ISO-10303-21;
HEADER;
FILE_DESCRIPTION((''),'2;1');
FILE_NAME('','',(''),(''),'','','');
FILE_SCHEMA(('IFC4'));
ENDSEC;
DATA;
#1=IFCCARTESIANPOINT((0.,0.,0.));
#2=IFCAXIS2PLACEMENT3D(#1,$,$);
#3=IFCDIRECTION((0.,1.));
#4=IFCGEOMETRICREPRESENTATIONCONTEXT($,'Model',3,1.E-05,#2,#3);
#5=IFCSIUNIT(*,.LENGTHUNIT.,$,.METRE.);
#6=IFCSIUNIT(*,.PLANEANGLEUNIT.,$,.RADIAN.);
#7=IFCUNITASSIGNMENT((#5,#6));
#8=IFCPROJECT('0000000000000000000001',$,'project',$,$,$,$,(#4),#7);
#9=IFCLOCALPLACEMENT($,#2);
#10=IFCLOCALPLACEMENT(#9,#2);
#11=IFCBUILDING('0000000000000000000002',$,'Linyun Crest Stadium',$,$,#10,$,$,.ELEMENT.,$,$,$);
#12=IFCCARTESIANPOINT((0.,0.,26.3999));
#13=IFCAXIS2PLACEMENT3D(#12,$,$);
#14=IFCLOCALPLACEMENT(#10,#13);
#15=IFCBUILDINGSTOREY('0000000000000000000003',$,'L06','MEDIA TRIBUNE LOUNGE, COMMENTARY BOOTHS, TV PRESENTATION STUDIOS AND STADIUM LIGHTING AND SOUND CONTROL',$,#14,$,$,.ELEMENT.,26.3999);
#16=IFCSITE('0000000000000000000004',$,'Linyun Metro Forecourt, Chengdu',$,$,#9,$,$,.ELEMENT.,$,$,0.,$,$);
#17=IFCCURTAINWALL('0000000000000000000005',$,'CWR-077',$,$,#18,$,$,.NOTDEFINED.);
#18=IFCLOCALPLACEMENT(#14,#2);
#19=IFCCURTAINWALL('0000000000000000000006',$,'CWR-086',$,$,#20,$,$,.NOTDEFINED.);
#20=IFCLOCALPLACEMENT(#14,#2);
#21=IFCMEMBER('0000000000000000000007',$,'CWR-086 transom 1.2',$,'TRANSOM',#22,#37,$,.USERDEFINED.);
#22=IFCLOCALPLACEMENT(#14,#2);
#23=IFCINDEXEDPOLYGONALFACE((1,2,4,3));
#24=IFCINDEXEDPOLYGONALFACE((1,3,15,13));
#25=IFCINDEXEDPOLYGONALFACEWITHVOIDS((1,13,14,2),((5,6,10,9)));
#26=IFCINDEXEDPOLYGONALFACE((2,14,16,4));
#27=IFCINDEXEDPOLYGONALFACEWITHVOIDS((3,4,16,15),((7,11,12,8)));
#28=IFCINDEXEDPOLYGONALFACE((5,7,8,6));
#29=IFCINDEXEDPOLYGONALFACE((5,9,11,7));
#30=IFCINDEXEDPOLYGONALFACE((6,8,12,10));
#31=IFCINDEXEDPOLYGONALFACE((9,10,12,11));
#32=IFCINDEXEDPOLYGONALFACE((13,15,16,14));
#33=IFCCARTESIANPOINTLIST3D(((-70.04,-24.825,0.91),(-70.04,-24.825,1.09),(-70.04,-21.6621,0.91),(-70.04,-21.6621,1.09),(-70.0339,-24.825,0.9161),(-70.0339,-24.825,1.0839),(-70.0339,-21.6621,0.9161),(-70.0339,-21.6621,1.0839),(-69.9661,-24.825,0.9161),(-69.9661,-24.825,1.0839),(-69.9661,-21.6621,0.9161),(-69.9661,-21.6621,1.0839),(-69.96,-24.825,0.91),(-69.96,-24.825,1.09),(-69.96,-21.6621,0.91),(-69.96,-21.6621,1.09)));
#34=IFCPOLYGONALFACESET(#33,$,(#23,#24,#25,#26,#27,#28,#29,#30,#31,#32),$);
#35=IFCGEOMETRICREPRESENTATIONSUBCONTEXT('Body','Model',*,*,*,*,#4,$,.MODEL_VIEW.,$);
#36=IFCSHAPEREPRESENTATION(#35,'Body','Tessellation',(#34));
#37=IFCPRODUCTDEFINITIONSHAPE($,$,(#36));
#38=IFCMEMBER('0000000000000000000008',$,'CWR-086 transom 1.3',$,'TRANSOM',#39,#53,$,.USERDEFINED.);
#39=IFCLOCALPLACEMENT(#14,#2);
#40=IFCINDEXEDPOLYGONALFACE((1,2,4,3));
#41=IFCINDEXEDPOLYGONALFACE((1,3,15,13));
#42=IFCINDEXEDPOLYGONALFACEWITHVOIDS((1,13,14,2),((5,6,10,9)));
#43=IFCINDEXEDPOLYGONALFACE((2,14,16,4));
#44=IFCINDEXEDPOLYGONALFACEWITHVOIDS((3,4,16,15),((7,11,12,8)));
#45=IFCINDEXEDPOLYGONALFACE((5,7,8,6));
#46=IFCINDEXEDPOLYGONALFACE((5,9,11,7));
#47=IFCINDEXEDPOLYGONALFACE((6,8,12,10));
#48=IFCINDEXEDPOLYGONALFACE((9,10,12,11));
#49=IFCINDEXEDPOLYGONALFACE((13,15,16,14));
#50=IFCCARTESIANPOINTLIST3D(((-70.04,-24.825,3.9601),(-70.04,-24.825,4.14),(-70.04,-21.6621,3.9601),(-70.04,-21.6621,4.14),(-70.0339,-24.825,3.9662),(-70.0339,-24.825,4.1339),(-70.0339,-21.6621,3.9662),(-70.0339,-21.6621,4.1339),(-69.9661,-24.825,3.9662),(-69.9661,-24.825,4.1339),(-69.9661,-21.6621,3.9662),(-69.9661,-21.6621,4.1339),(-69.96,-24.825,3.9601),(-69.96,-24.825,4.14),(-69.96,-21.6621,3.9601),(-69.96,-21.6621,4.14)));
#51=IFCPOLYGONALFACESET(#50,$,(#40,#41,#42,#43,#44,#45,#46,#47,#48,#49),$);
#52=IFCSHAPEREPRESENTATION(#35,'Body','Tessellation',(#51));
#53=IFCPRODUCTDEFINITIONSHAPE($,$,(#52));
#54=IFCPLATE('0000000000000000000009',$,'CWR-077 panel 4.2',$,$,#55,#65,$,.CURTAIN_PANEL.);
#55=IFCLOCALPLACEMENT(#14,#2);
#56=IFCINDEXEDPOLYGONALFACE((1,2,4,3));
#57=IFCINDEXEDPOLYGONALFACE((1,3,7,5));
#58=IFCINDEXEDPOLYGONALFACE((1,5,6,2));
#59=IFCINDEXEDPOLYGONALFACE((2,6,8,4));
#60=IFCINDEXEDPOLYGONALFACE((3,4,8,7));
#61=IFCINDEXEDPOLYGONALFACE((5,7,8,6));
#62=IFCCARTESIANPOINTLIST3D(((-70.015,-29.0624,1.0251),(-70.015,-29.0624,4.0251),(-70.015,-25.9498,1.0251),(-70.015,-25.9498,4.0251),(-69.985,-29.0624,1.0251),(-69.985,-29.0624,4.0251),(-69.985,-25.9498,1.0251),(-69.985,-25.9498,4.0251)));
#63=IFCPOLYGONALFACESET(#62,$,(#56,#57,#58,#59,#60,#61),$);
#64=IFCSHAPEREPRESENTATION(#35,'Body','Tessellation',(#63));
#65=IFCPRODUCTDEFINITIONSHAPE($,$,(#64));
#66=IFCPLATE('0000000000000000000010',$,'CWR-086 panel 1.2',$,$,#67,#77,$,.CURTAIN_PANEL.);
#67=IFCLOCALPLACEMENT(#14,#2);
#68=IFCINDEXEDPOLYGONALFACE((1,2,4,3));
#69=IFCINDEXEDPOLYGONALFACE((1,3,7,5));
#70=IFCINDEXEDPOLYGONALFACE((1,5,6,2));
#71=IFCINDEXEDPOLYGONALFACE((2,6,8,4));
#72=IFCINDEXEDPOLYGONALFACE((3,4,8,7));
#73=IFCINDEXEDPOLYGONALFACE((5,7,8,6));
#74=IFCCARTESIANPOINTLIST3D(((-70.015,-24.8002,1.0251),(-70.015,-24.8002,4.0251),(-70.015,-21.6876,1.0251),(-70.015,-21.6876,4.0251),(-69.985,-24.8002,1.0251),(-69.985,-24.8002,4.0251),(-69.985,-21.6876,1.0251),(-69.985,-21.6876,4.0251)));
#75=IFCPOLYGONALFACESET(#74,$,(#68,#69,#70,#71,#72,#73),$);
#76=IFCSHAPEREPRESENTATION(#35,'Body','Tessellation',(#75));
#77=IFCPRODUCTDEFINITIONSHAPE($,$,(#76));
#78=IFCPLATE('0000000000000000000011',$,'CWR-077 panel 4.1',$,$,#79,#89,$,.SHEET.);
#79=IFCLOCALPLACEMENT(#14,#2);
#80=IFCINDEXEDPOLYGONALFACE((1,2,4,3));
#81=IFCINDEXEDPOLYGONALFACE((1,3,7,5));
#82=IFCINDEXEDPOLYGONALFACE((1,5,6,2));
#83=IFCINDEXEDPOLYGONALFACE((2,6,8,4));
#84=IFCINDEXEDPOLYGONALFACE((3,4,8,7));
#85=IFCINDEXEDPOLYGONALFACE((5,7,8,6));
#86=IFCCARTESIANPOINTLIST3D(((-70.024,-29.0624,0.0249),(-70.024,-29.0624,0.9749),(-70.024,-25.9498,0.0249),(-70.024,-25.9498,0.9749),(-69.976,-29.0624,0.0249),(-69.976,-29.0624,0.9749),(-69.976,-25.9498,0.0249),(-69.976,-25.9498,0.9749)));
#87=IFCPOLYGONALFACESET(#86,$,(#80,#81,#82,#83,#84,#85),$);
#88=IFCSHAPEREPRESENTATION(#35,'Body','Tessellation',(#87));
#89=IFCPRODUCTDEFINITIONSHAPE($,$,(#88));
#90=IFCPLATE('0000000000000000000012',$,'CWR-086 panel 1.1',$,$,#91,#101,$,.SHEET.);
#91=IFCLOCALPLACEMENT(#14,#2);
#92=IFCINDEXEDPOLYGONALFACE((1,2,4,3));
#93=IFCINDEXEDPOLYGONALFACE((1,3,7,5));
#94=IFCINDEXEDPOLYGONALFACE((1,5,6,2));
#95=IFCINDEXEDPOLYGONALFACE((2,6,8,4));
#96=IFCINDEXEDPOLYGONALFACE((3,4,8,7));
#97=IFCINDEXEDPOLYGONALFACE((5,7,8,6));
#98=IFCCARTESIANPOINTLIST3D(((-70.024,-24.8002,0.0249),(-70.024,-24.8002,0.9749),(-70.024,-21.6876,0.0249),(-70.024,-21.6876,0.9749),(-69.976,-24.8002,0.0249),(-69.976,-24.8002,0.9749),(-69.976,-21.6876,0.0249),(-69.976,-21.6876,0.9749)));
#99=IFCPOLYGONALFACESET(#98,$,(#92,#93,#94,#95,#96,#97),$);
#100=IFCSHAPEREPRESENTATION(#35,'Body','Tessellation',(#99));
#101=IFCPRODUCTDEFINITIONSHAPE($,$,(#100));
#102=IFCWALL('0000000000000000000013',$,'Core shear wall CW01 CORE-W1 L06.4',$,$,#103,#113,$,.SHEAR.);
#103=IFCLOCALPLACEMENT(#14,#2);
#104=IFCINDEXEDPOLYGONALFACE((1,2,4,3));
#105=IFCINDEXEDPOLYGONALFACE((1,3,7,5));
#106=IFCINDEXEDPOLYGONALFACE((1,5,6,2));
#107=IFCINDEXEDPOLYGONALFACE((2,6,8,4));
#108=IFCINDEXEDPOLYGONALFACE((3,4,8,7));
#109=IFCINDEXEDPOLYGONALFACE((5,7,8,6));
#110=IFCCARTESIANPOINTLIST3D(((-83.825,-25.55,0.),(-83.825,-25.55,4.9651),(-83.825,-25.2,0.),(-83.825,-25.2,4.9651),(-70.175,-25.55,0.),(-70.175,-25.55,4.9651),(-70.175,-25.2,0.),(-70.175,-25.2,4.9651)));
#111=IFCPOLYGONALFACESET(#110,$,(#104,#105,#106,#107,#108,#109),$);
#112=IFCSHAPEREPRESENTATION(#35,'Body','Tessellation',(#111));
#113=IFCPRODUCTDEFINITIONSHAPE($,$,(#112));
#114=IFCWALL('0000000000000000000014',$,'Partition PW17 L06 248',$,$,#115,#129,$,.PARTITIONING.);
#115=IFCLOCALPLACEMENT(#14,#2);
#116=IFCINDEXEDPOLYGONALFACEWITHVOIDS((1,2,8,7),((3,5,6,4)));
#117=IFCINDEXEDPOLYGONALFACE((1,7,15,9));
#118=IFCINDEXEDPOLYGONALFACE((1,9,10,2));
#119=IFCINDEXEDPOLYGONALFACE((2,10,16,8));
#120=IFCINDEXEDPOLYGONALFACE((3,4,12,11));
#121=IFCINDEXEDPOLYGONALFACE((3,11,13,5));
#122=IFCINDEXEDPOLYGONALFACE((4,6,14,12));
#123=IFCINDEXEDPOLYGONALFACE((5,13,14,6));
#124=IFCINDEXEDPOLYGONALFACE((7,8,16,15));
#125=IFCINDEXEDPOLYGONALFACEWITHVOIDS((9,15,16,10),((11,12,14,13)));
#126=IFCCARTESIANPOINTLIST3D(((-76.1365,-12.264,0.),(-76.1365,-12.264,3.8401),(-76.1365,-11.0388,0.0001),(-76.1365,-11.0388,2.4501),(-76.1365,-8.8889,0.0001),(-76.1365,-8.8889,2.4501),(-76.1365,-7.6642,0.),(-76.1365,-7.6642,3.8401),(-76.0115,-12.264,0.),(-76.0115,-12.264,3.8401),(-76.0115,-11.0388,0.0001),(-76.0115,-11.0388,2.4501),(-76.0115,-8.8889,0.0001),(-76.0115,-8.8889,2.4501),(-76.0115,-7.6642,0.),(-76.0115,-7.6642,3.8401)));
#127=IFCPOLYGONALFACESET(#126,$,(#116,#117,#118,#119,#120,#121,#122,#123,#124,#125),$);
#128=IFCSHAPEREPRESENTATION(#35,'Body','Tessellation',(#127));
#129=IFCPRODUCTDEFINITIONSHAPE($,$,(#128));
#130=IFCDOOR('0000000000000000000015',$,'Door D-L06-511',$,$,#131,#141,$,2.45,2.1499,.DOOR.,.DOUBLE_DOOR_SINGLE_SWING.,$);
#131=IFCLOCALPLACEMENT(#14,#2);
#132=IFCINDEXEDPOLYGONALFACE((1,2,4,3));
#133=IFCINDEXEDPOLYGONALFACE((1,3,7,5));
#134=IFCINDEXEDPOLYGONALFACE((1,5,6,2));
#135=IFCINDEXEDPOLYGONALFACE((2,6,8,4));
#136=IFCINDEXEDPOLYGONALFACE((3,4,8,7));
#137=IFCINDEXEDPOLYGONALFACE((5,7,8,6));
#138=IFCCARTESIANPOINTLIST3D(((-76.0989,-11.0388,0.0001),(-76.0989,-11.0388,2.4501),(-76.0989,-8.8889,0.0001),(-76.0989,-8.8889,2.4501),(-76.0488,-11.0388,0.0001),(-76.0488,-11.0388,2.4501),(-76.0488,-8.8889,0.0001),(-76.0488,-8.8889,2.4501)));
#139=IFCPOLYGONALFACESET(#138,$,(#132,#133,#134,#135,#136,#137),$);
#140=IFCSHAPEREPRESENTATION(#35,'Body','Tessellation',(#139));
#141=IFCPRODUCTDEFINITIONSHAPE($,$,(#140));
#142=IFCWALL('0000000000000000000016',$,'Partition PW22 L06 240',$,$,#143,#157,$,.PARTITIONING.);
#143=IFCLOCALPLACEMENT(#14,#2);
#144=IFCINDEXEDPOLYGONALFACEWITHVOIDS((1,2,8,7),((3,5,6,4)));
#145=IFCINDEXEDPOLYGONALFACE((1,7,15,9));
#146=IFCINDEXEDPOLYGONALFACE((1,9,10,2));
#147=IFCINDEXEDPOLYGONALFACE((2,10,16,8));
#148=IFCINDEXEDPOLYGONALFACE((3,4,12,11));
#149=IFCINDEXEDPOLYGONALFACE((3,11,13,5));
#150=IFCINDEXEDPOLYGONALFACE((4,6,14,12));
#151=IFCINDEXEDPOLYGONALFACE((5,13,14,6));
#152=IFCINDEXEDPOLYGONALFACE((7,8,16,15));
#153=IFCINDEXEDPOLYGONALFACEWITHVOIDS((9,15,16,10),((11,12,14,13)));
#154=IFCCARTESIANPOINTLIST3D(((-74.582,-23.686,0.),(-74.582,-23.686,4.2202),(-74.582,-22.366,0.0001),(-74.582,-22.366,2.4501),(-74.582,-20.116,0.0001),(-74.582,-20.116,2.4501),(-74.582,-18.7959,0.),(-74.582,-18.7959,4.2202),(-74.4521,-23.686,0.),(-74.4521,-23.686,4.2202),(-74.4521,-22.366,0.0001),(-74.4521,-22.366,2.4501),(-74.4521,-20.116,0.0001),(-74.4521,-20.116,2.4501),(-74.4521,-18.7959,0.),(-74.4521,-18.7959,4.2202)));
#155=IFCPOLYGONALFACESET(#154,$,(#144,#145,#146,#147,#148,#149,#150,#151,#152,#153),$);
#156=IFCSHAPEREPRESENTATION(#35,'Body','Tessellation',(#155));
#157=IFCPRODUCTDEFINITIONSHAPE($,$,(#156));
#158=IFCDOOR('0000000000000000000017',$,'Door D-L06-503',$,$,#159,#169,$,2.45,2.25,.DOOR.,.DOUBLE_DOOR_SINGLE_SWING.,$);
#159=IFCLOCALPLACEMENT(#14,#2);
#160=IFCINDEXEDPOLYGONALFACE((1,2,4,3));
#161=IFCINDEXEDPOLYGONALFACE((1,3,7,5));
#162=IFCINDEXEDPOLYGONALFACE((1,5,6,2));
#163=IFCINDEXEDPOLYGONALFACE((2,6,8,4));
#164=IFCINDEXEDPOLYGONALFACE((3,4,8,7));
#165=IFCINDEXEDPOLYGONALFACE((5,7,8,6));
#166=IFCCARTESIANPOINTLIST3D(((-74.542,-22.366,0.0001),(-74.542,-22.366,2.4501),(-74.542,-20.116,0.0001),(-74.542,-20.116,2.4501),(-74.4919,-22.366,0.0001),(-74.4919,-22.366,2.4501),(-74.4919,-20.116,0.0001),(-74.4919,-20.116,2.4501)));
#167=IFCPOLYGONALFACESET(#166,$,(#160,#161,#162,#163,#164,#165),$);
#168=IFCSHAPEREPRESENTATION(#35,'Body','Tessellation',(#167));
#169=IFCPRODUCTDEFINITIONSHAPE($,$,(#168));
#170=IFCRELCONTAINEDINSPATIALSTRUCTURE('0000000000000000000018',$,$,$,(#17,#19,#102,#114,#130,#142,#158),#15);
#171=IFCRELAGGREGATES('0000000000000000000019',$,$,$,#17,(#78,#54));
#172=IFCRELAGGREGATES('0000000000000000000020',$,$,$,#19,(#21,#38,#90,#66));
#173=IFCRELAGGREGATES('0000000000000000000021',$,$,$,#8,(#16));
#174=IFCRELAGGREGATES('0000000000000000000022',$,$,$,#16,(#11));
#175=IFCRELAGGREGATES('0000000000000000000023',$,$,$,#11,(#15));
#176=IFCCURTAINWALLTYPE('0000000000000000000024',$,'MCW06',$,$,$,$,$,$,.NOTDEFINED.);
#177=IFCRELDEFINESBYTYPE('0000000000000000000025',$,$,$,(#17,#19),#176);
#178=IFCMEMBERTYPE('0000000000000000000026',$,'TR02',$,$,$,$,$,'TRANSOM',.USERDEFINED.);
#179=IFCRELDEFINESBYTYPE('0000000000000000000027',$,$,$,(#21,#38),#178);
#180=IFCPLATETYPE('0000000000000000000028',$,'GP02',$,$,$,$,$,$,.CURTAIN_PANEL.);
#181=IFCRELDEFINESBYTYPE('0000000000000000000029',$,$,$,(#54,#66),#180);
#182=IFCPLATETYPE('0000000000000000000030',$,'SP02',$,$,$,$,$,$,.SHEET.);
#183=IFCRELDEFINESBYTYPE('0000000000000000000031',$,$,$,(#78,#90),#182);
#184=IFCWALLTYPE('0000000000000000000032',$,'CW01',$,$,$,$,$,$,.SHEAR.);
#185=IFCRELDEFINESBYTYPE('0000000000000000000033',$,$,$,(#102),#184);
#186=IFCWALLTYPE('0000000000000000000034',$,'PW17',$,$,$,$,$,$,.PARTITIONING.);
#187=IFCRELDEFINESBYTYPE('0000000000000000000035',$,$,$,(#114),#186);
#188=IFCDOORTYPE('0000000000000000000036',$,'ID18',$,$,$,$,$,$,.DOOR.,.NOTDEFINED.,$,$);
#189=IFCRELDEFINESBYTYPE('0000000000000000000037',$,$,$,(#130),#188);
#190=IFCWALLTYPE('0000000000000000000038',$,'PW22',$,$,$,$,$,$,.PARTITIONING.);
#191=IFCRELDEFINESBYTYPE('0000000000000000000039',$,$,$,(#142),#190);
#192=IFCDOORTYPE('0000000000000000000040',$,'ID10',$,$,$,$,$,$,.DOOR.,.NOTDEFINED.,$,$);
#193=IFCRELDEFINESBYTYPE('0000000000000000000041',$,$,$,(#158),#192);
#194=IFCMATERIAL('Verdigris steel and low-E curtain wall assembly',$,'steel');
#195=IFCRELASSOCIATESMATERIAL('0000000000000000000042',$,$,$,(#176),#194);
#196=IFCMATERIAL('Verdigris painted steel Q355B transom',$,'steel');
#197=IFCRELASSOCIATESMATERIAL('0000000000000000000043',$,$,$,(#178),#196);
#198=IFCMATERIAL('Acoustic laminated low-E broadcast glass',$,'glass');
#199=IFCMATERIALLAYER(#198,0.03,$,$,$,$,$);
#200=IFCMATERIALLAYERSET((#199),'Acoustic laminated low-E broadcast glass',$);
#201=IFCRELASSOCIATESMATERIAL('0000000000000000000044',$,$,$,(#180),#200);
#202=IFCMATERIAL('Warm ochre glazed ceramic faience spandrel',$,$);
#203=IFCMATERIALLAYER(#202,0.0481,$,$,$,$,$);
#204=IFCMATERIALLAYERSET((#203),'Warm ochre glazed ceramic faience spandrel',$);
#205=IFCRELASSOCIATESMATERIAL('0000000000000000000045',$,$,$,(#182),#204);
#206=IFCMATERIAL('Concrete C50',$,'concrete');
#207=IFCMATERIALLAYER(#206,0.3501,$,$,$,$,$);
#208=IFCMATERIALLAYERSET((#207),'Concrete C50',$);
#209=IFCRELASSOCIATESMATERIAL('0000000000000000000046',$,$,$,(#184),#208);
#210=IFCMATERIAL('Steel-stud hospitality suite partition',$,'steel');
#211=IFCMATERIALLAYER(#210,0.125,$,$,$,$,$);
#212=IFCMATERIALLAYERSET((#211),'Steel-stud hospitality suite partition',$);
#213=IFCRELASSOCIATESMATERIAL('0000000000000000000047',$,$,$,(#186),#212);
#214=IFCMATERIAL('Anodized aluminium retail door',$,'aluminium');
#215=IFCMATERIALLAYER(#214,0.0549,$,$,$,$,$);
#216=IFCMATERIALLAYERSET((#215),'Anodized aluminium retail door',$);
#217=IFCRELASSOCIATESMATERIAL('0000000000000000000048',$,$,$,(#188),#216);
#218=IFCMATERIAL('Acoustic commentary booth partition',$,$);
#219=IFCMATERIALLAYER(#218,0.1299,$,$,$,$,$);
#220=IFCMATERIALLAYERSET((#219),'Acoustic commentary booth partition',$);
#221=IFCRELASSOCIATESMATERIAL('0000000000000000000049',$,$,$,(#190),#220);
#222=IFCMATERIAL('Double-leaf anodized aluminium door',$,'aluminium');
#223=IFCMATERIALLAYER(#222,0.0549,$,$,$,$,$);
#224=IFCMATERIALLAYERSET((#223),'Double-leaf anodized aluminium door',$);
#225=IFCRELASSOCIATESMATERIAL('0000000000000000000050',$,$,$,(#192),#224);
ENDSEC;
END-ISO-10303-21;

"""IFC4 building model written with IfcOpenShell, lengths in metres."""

from ifc_helpers import new_model, si_unit, direction, frame, frame_2d, origin, origin_2d, place, context, subcontext, project, spatial, rectangle, hollow_rectangle, extrude, material, layer, layer_set, material_profile, profile_set, type_object, element, fill, aggregate, save


model = new_model("IFC4")

# Units and contexts
model_context = context("Model", 3, precision=1e-05, world=origin(), true_north=direction((0.0, 1.0)))
body_context = subcontext(model_context, "Body", "Model", "MODEL_VIEW")
ifc_project = project(units=[si_unit("LENGTHUNIT", "METRE"), si_unit("PLANEANGLEUNIT", "RADIAN")], contexts=[model_context])

# Site, building, storey
site_placement = place(None, origin())
site = spatial("IfcSite", under=ifc_project, at=site_placement, Name="Linyun Metro Forecourt, Chengdu", CompositionType="ELEMENT", RefElevation=0.0)
building_placement = place(site_placement, origin())
building = spatial("IfcBuilding", under=site, at=building_placement, Name="Linyun Crest Stadium", CompositionType="ELEMENT")
storey_placement = place(building_placement, frame((0.0, 0.0, 26.3999)))
storey = spatial("IfcBuildingStorey", under=building, at=storey_placement, Name="L06", Description="MEDIA TRIBUNE LOUNGE, COMMENTARY BOOTHS, TV PRESENTATION STUDIOS AND STADIUM LIGHTING AND SOUND CONTROL", CompositionType="ELEMENT", Elevation=26.3999)

# Curtain wall
ifc_material_1 = material(Name="Verdigris steel and low-E curtain wall assembly", Category="steel")
curtain_wall_type = type_object("IfcCurtainWallType", Name="MCW06", PredefinedType="NOTDEFINED", material=ifc_material_1)
curtain_wall_1_placement = place(storey_placement, origin())
curtain_wall_1 = element("IfcCurtainWall", 1, at=curtain_wall_1_placement, inside=storey, type_object=curtain_wall_type, Name="CWR-077", PredefinedType="NOTDEFINED")

# Curtain wall
curtain_wall_2_placement = place(storey_placement, origin())
curtain_wall_2 = element("IfcCurtainWall", 2, at=curtain_wall_2_placement, inside=storey, type_object=curtain_wall_type, Name="CWR-086", PredefinedType="NOTDEFINED")

# Members
ifc_material_2 = material(Name="Verdigris painted steel Q355B transom", Category="steel")
ifc_material_profile_1 = material_profile(ifc_material_2, hollow_rectangle(XDim=0.0801, YDim=0.1799, WallThickness=0.0061, at=origin_2d()), Name="RHS 180x80x6")
ifc_profile_set_1 = profile_set([ifc_material_profile_1], Name="Verdigris painted steel Q355B transom")
member_type_1 = type_object("IfcMemberType", Name="TR02", ElementType="TRANSOM", PredefinedType="USERDEFINED", material=ifc_profile_set_1)
member_1_placement = place(storey_placement, frame((-70.0, -24.825, 1.0), z_axis=(0.0, 1.0, 0.0), x_axis=(-1.0, 0.0, 0.0)))
member_1 = element("IfcMember", 3, at=member_1_placement, type_object=member_type_1, Name="CWR-086 transom 1.2", ObjectType="TRANSOM", PredefinedType="USERDEFINED", context=body_context, shape_type="SweptSolid", body=[
    extrude(hollow_rectangle(XDim=0.0801, YDim=0.1799, WallThickness=0.0061, at=origin_2d()), origin(), (0.0, 0.0, 1.0), 3.1628),
])
member_2_placement = place(storey_placement, frame((-70.0, -24.825, 4.05), z_axis=(0.0, 1.0, 0.0), x_axis=(-1.0, 0.0, 0.0)))
member_2 = element("IfcMember", 4, at=member_2_placement, type_object=member_type_1, Name="CWR-086 transom 1.3", ObjectType="TRANSOM", PredefinedType="USERDEFINED", context=body_context, shape_type="SweptSolid", body=[
    extrude(hollow_rectangle(XDim=0.0801, YDim=0.1799, WallThickness=0.0061, at=origin_2d()), origin(), (0.0, 0.0, 1.0), 3.1628),
])

# Plates
ifc_material_3 = material(Name="Acoustic laminated low-E broadcast glass", Category="glass")
ifc_layer_1 = layer(ifc_material_3, 0.03)
ifc_layer_set_1 = layer_set([ifc_layer_1], Name="Acoustic laminated low-E broadcast glass")
plate_type_1 = type_object("IfcPlateType", Name="GP02", PredefinedType="CURTAIN_PANEL", material=ifc_layer_set_1)
plate_1_placement = place(storey_placement, frame((-70.0, -27.5061, 1.0251), z_axis=(0.0, 0.0, 1.0), x_axis=(0.0, 1.0, 0.0)))
plate_1 = element("IfcPlate", 5, at=plate_1_placement, type_object=plate_type_1, Name="CWR-077 panel 4.2", PredefinedType="CURTAIN_PANEL", context=body_context, shape_type="SweptSolid", body=[
    extrude(rectangle(XDim=3.1125, YDim=0.03, at=origin_2d()), origin(), (0.0, 0.0, 1.0), 3.0),
])
plate_2_placement = place(storey_placement, frame((-70.0, -23.2439, 1.0251), z_axis=(0.0, 0.0, 1.0), x_axis=(0.0, 1.0, 0.0)))
plate_2 = element("IfcPlate", 6, at=plate_2_placement, type_object=plate_type_1, Name="CWR-086 panel 1.2", PredefinedType="CURTAIN_PANEL", context=body_context, shape_type="SweptSolid", body=[
    extrude(rectangle(XDim=3.1125, YDim=0.03, at=origin_2d()), origin(), (0.0, 0.0, 1.0), 3.0),
])
ifc_material_4 = material(Name="Warm ochre glazed ceramic faience spandrel")
ifc_layer_2 = layer(ifc_material_4, 0.0481)
ifc_layer_set_2 = layer_set([ifc_layer_2], Name="Warm ochre glazed ceramic faience spandrel")
plate_type_2 = type_object("IfcPlateType", Name="SP02", PredefinedType="SHEET", material=ifc_layer_set_2)
plate_3_placement = place(storey_placement, frame((-70.0, -27.5061, 0.0249), z_axis=(0.0, 0.0, 1.0), x_axis=(0.0, 1.0, 0.0)))
plate_3 = element("IfcPlate", 7, at=plate_3_placement, type_object=plate_type_2, Name="CWR-077 panel 4.1", PredefinedType="SHEET", context=body_context, shape_type="SweptSolid", body=[
    extrude(rectangle(XDim=3.1125, YDim=0.0481, at=origin_2d()), origin(), (0.0, 0.0, 1.0), 0.95),
])
aggregate(curtain_wall_1, [plate_3, plate_1])
plate_4_placement = place(storey_placement, frame((-70.0, -23.2439, 0.0249), z_axis=(0.0, 0.0, 1.0), x_axis=(0.0, 1.0, 0.0)))
plate_4 = element("IfcPlate", 8, at=plate_4_placement, type_object=plate_type_2, Name="CWR-086 panel 1.1", PredefinedType="SHEET", context=body_context, shape_type="SweptSolid", body=[
    extrude(rectangle(XDim=3.1125, YDim=0.0481, at=origin_2d()), origin(), (0.0, 0.0, 1.0), 0.95),
])
aggregate(curtain_wall_2, [member_1, member_2, plate_4, plate_2])

# Wall
ifc_material_5 = material(Name="Concrete C50", Category="concrete")
ifc_layer_3 = layer(ifc_material_5, 0.3501)
ifc_layer_set_3 = layer_set([ifc_layer_3], Name="Concrete C50")
wall_type_1 = type_object("IfcWallType", Name="CW01", PredefinedType="SHEAR", material=ifc_layer_set_3)
wall_1_placement = place(storey_placement, frame((-83.825, -25.375, 0.0), z_axis=(0.0, 0.0, 1.0), x_axis=(1.0, 0.0, 0.0)))
element("IfcWall", 9, at=wall_1_placement, inside=storey, type_object=wall_type_1, Name="Core shear wall CW01 CORE-W1 L06.4", PredefinedType="SHEAR", context=body_context, shape_type="SweptSolid", body=[
    extrude(rectangle(XDim=13.6499, YDim=0.3501, at=frame_2d((6.825, 0.0))), origin(), (0.0, 0.0, 1.0), 4.9651),
])

# Walls, openings, doors
ifc_material_6 = material(Name="Steel-stud hospitality suite partition", Category="steel")
ifc_layer_4 = layer(ifc_material_6, 0.125)
ifc_layer_set_4 = layer_set([ifc_layer_4], Name="Steel-stud hospitality suite partition")
wall_type_2 = type_object("IfcWallType", Name="PW17", PredefinedType="PARTITIONING", material=ifc_layer_set_4)
wall_2_placement = place(storey_placement, frame((-76.074, -12.2639, 0.0), z_axis=(0.0, 0.0, 1.0), x_axis=(0.0, 1.0, 0.0)))
wall_2 = element("IfcWall", 10, at=wall_2_placement, inside=storey, type_object=wall_type_2, Name="Partition PW17 L06 248", PredefinedType="PARTITIONING", context=body_context, shape_type="SweptSolid", body=[
    extrude(rectangle(XDim=4.5999, YDim=0.125, at=frame_2d((2.2998, 0.0))), origin(), (0.0, 0.0, 1.0), 3.8401),
])
opening_1_placement = place(wall_2_placement, frame((1.2251, 0.0, 0.0)))
opening_1 = element("IfcOpeningElement", 11, at=opening_1_placement, cuts=wall_2, PredefinedType="OPENING", context=body_context, shape_type="SweptSolid", body=[
    extrude(rectangle(XDim=2.1499, YDim=2.45, at=frame_2d((1.075, 1.2251))), frame((0.0, 0.0725, 0.0), z_axis=(0.0, -1.0, 0.0), x_axis=(1.0, 0.0, 0.0)), (0.0, 0.0, 1.0), 0.145),
])
ifc_material_7 = material(Name="Anodized aluminium retail door", Category="aluminium")
ifc_layer_5 = layer(ifc_material_7, 0.0549)
ifc_layer_set_5 = layer_set([ifc_layer_5], Name="Anodized aluminium retail door")
door_type_1 = type_object("IfcDoorType", Name="ID18", OperationType="NOTDEFINED", PredefinedType="DOOR", material=ifc_layer_set_5)
door_1_placement = place(opening_1_placement, origin())
door_1 = element("IfcDoor", 12, at=door_1_placement, inside=storey, type_object=door_type_1, Name="Door D-L06-511", OperationType="DOUBLE_DOOR_SINGLE_SWING", OverallHeight=2.45, OverallWidth=2.1499, PredefinedType="DOOR", context=body_context, shape_type="SweptSolid", body=[
    extrude(rectangle(XDim=2.1499, YDim=2.45, at=frame_2d((1.075, 1.2251))), frame((0.0, 0.0249, 0.0), z_axis=(0.0, -1.0, 0.0), x_axis=(1.0, 0.0, 0.0)), (0.0, 0.0, 1.0), 0.05),
])
fill(opening_1, door_1)
ifc_material_8 = material(Name="Acoustic commentary booth partition")
ifc_layer_6 = layer(ifc_material_8, 0.1299)
ifc_layer_set_6 = layer_set([ifc_layer_6], Name="Acoustic commentary booth partition")
wall_type_3 = type_object("IfcWallType", Name="PW22", PredefinedType="PARTITIONING", material=ifc_layer_set_6)
wall_3_placement = place(storey_placement, frame((-74.5171, -23.686, 0.0), z_axis=(0.0, 0.0, 1.0), x_axis=(0.0, 1.0, 0.0)))
wall_3 = element("IfcWall", 13, at=wall_3_placement, inside=storey, type_object=wall_type_3, Name="Partition PW22 L06 240", PredefinedType="PARTITIONING", context=body_context, shape_type="SweptSolid", body=[
    extrude(rectangle(XDim=4.8901, YDim=0.1299, at=frame_2d((2.4451, 0.0))), origin(), (0.0, 0.0, 1.0), 4.2202),
])
opening_2_placement = place(wall_3_placement, frame((1.3201, 0.0, 0.0)))
opening_2 = element("IfcOpeningElement", 14, at=opening_2_placement, cuts=wall_3, PredefinedType="OPENING", context=body_context, shape_type="SweptSolid", body=[
    extrude(rectangle(XDim=2.25, YDim=2.45, at=frame_2d((1.125, 1.2251))), frame((0.0, 0.075, 0.0), z_axis=(0.0, -1.0, 0.0), x_axis=(1.0, 0.0, 0.0)), (0.0, 0.0, 1.0), 0.1499),
])
ifc_material_9 = material(Name="Double-leaf anodized aluminium door", Category="aluminium")
ifc_layer_7 = layer(ifc_material_9, 0.0549)
ifc_layer_set_7 = layer_set([ifc_layer_7], Name="Double-leaf anodized aluminium door")
door_type_2 = type_object("IfcDoorType", Name="ID10", OperationType="NOTDEFINED", PredefinedType="DOOR", material=ifc_layer_set_7)
door_2_placement = place(opening_2_placement, origin())
door_2 = element("IfcDoor", 15, at=door_2_placement, inside=storey, type_object=door_type_2, Name="Door D-L06-503", OperationType="DOUBLE_DOOR_SINGLE_SWING", OverallHeight=2.45, OverallWidth=2.25, PredefinedType="DOOR", context=body_context, shape_type="SweptSolid", body=[
    extrude(rectangle(XDim=2.25, YDim=2.45, at=frame_2d((1.125, 1.2251))), frame((0.0, 0.0249, 0.0), z_axis=(0.0, -1.0, 0.0), x_axis=(1.0, 0.0, 0.0)), (0.0, 0.0, 1.0), 0.05),
])
fill(opening_2, door_2)

save(model, "model.ifc")
